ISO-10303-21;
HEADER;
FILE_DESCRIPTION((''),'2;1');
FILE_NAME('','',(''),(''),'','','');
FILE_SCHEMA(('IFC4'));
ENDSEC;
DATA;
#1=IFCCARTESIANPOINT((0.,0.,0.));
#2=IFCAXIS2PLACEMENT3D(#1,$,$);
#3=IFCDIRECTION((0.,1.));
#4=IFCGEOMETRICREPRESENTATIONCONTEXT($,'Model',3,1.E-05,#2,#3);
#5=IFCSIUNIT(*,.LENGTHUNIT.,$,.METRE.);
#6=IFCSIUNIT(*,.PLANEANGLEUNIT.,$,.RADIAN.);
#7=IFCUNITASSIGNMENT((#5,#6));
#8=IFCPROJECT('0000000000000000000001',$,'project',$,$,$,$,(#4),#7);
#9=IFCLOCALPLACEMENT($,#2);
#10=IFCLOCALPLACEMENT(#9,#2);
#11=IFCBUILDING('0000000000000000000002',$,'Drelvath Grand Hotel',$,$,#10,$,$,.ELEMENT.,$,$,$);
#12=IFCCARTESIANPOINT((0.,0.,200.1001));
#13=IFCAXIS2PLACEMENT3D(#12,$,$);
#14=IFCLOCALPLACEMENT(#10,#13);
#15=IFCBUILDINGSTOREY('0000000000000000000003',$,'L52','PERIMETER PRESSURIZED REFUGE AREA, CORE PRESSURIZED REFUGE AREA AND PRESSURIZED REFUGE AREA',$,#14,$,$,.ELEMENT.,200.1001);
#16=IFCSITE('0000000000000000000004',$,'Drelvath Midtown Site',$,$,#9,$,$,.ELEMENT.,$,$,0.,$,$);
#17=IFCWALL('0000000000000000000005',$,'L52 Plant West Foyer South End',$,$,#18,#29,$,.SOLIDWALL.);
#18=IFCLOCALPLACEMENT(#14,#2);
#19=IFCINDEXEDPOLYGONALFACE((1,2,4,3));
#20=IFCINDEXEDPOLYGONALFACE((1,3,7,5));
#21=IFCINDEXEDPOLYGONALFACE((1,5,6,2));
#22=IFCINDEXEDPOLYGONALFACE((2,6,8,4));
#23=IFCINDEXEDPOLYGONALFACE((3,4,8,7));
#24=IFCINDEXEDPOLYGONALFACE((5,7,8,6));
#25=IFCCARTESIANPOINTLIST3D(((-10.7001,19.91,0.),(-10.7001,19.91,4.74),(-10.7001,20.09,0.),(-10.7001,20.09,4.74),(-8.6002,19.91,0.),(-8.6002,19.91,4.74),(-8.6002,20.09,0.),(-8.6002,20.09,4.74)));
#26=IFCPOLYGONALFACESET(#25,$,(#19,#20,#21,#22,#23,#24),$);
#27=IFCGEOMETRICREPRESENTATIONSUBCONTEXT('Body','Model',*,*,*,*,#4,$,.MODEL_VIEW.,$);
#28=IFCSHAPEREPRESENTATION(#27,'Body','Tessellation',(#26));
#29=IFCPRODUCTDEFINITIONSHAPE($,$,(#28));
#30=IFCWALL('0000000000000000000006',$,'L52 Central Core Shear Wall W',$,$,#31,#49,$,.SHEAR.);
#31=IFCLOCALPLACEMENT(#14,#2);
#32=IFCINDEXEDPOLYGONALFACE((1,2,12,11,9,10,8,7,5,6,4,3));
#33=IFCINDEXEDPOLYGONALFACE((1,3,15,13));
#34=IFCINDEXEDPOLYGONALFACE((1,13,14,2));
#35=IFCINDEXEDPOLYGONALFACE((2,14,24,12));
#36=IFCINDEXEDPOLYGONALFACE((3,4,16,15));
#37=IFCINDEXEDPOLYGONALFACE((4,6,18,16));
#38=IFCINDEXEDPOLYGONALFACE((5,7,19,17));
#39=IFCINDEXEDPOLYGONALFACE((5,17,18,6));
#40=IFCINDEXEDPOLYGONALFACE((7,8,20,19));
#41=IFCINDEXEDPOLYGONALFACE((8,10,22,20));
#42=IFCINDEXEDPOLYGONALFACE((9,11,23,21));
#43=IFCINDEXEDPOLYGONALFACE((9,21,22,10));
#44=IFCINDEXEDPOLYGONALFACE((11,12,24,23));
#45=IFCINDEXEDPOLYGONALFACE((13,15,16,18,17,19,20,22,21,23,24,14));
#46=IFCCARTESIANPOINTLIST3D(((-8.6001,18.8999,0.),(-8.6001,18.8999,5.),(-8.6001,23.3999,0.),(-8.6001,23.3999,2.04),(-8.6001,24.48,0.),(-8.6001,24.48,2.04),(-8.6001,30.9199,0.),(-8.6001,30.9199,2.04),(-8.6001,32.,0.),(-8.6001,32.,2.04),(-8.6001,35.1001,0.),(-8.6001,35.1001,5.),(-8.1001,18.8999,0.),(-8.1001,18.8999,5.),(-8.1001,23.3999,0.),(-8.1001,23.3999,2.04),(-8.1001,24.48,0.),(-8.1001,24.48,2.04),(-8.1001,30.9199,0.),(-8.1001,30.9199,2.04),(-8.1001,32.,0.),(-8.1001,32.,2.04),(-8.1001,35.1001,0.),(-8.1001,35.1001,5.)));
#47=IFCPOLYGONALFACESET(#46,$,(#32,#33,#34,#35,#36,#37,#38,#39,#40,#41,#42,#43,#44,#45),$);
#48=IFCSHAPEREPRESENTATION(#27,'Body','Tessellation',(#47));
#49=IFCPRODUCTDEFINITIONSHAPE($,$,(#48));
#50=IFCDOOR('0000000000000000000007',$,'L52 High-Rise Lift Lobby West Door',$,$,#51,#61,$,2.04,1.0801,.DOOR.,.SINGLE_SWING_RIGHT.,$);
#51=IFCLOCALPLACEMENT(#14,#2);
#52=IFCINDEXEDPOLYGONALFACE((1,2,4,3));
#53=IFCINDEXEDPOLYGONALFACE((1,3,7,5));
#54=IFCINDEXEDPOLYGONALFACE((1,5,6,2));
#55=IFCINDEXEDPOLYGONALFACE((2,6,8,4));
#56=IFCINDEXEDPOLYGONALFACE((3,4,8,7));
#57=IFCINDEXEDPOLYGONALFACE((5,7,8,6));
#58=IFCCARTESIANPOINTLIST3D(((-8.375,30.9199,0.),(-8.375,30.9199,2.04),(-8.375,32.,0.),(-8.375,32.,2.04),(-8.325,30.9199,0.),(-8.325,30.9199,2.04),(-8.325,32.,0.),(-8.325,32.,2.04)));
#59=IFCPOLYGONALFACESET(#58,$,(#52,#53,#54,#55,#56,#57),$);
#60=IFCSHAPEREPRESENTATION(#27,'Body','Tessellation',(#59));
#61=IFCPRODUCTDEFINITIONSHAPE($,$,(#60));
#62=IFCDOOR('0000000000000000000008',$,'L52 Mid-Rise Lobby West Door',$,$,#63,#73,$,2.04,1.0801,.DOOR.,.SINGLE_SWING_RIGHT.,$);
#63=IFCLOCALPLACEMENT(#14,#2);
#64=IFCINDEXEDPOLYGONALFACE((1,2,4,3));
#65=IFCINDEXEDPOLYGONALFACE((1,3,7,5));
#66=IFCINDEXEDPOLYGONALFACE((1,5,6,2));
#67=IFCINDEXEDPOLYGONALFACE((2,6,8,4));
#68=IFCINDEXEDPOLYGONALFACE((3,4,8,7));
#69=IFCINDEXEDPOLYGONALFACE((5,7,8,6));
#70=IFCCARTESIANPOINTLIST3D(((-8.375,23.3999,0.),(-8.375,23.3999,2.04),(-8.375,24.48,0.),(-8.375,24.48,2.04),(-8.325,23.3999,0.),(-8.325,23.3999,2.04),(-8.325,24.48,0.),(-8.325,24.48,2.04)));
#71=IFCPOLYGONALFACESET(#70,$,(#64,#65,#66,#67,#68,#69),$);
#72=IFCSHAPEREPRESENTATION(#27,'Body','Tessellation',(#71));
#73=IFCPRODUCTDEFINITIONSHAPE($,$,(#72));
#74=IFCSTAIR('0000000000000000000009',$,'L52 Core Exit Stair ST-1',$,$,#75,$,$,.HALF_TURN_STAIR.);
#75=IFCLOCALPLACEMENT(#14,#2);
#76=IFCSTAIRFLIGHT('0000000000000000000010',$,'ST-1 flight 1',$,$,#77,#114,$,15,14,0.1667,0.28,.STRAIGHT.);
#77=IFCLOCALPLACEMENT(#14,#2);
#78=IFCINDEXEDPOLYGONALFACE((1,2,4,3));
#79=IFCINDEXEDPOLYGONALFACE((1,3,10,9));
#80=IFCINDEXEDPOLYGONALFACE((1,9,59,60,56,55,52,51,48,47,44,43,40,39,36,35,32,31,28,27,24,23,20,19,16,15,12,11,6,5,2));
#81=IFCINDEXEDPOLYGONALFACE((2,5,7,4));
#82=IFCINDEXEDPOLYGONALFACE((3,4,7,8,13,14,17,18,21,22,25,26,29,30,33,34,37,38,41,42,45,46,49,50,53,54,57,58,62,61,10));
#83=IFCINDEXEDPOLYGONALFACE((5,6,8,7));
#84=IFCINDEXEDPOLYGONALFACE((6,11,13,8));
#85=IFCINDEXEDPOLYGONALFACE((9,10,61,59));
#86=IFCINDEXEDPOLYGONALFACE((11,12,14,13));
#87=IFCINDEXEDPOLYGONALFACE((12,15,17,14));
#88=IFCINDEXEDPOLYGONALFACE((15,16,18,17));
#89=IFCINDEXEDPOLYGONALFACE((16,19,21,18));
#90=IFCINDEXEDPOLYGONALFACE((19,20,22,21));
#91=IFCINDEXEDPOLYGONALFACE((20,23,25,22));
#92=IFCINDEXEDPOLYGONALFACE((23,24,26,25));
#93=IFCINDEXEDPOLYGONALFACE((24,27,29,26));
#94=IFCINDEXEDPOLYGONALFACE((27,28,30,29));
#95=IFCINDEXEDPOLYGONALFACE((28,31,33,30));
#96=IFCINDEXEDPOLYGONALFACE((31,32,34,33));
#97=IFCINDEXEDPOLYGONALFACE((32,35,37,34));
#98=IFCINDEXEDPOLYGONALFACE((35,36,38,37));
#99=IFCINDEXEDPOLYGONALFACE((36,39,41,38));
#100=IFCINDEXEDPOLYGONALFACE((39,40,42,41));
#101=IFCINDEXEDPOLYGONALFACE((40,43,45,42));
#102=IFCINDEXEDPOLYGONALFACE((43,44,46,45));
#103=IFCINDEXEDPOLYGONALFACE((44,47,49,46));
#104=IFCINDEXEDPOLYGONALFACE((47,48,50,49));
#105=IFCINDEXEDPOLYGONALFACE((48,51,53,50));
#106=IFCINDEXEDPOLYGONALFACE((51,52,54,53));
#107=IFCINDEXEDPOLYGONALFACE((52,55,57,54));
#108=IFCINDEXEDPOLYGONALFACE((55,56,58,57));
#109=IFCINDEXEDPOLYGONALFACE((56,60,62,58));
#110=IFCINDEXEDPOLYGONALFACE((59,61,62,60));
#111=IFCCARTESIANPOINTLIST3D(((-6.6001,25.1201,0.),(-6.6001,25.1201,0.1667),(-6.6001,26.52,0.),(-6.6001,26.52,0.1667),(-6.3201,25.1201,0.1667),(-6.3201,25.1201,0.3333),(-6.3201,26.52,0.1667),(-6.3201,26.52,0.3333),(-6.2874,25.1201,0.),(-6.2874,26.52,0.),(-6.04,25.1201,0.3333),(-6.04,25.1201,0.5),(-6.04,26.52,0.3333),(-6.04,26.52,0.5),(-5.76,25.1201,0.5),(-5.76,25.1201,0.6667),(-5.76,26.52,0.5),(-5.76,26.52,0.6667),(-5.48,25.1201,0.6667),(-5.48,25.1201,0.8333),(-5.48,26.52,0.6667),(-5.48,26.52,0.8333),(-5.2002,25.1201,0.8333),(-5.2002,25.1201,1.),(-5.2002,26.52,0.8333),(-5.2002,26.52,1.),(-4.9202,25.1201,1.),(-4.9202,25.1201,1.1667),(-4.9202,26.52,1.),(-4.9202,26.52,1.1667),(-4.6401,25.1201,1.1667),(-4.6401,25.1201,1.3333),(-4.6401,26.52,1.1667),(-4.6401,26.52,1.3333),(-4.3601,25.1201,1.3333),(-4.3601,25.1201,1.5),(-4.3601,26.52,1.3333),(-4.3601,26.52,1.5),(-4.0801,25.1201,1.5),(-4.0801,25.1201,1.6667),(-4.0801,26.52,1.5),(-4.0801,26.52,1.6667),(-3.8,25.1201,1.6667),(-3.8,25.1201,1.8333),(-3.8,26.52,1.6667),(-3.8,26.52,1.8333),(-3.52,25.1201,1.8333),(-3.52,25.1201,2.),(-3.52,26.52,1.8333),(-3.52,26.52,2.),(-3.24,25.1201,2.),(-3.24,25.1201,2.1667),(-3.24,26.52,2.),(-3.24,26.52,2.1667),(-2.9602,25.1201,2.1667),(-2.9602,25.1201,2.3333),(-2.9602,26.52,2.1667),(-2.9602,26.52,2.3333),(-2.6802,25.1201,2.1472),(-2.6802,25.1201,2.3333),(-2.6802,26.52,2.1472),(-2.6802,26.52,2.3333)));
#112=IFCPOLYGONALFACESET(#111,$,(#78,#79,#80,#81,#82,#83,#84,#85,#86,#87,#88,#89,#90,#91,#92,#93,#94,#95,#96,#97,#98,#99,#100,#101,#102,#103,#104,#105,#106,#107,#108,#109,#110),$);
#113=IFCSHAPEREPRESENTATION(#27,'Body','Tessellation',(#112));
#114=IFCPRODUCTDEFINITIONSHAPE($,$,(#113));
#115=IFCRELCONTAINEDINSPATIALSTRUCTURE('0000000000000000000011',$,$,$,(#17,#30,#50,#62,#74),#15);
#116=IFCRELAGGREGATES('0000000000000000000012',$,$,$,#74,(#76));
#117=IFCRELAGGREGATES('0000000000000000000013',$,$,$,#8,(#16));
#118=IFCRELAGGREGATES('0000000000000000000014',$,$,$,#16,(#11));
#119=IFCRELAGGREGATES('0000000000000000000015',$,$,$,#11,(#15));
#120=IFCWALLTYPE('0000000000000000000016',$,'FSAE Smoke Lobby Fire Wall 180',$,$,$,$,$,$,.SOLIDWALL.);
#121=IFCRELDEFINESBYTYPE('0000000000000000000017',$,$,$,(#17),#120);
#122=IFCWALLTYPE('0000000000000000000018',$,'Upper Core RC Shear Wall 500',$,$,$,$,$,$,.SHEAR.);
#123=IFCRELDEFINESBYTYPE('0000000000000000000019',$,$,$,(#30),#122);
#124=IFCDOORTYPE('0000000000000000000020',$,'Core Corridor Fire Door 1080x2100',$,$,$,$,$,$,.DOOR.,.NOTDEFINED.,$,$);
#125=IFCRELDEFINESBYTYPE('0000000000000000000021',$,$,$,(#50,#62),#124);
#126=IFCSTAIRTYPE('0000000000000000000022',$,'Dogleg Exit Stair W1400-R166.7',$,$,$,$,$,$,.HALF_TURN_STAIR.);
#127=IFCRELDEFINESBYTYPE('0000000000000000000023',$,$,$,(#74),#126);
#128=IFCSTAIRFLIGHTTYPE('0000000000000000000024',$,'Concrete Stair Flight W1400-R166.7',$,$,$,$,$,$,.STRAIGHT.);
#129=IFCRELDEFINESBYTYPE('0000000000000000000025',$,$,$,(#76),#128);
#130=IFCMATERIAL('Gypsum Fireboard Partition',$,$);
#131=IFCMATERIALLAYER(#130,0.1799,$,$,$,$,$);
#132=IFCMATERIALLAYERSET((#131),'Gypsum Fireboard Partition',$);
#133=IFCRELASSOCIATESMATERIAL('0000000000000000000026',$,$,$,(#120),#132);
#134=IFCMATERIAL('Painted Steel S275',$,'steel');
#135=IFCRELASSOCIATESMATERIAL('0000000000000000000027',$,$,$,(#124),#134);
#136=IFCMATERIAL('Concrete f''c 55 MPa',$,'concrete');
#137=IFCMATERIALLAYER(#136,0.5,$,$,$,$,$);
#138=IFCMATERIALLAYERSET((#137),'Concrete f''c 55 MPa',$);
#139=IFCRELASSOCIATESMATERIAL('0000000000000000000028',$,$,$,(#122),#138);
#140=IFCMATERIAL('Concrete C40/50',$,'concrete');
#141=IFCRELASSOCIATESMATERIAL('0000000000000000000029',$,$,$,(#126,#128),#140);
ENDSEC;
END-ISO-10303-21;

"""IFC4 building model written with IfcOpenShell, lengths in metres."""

from ifc_helpers import new_model, si_unit, direction, frame, frame_2d, origin, place, context, subcontext, project, spatial, polyline, rectangle, outline, extrude, material, layer, layer_set, type_object, element, fill, aggregate, save


model = new_model("IFC4")

# Units and contexts
model_context = context("Model", 3, precision=1e-05, world=origin(), true_north=direction((0.0, 1.0)))
body_context = subcontext(model_context, "Body", "Model", "MODEL_VIEW")
ifc_project = project(units=[si_unit("LENGTHUNIT", "METRE"), si_unit("PLANEANGLEUNIT", "RADIAN")], contexts=[model_context])

# Site, building, storey
site_placement = place(None, origin())
site = spatial("IfcSite", under=ifc_project, at=site_placement, Name="Drelvath Midtown Site", CompositionType="ELEMENT", RefElevation=0.0)
building_placement = place(site_placement, origin())
building = spatial("IfcBuilding", under=site, at=building_placement, Name="Drelvath Grand Hotel", CompositionType="ELEMENT")
storey_placement = place(building_placement, frame((0.0, 0.0, 200.1001)))
storey = spatial("IfcBuildingStorey", under=building, at=storey_placement, Name="L52", Description="PERIMETER PRESSURIZED REFUGE AREA, CORE PRESSURIZED REFUGE AREA AND PRESSURIZED REFUGE AREA", CompositionType="ELEMENT", Elevation=200.1001)

# Shared definitions
ifc_material_1 = material(Name="Concrete f'c 55 MPa", Category="concrete")

# Shared definitions
ifc_material_2 = material(Name="Concrete C40/50", Category="concrete")
ifc_material_3 = material(Name="Painted Steel S275", Category="steel")

# Shared definitions
ifc_material_4 = material(Name="Gypsum Fireboard Partition")
ifc_layer_1 = layer(ifc_material_4, 0.1799)
ifc_layer_set_1 = layer_set([ifc_layer_1], Name="Gypsum Fireboard Partition")
wall_type_1 = type_object("IfcWallType", Name="FSAE Smoke Lobby Fire Wall 180", PredefinedType="SOLIDWALL", material=ifc_layer_set_1)

# Shared definitions
door_type_1 = type_object("IfcDoorType", Name="Core Corridor Fire Door 1080x2100", OperationType="NOTDEFINED", PredefinedType="DOOR", material=ifc_material_3)

# Wall
wall_1_placement = place(storey_placement, frame((-10.7, 20.0, 0.0), z_axis=(0.0, 0.0, 1.0), x_axis=(1.0, 0.0, 0.0)))
element("IfcWall", 1, at=wall_1_placement, inside=storey, type_object=wall_type_1, Name="L52 Plant West Foyer South End", PredefinedType="SOLIDWALL", context=body_context, shape_type="SweptSolid", body=[
    extrude(rectangle(XDim=2.0999, YDim=0.1799, at=frame_2d((1.0498, 0.0))), origin(), (0.0, 0.0, 1.0), 4.74),
])

# Wall, openings, doors
ifc_layer_2 = layer(ifc_material_1, 0.5)
ifc_layer_set_2 = layer_set([ifc_layer_2], Name="Concrete f'c 55 MPa")
wall_type_2 = type_object("IfcWallType", Name="Upper Core RC Shear Wall 500", PredefinedType="SHEAR", material=ifc_layer_set_2)
wall_2_placement = place(storey_placement, frame((-8.3501, 18.8999, 0.0), z_axis=(0.0, 0.0, 1.0), x_axis=(0.0, 1.0, 0.0)))
wall_2 = element("IfcWall", 2, at=wall_2_placement, inside=storey, type_object=wall_type_2, Name="L52 Central Core Shear Wall W", PredefinedType="SHEAR", context=body_context, shape_type="SweptSolid", body=[
    extrude(rectangle(XDim=16.2002, YDim=0.5, at=frame_2d((8.1001, 0.0))), origin(), (0.0, 0.0, 1.0), 5.0),
])
opening_1_placement = place(wall_2_placement, frame((12.02, 0.0, 0.0)))
opening_1 = element("IfcOpeningElement", 3, at=opening_1_placement, cuts=wall_2, PredefinedType="OPENING", context=body_context, shape_type="SweptSolid", body=[
    extrude(rectangle(XDim=1.0801, YDim=2.04, at=frame_2d((0.54, 1.02))), frame((0.0, 0.26, 0.0), z_axis=(0.0, -1.0, 0.0), x_axis=(1.0, 0.0, 0.0)), (0.0, 0.0, 1.0), 0.52),
])
opening_2_placement = place(wall_2_placement, frame((4.5, 0.0, 0.0)))
opening_2 = element("IfcOpeningElement", 4, at=opening_2_placement, cuts=wall_2, PredefinedType="OPENING", context=body_context, shape_type="SweptSolid", body=[
    extrude(rectangle(XDim=1.0801, YDim=2.04, at=frame_2d((0.54, 1.02))), frame((0.0, 0.26, 0.0), z_axis=(0.0, -1.0, 0.0), x_axis=(1.0, 0.0, 0.0)), (0.0, 0.0, 1.0), 0.52),
])
door_1_placement = place(opening_1_placement, origin())
door_1 = element("IfcDoor", 5, at=door_1_placement, inside=storey, type_object=door_type_1, Name="L52 High-Rise Lift Lobby West Door", OperationType="SINGLE_SWING_RIGHT", OverallHeight=2.04, OverallWidth=1.0801, PredefinedType="DOOR", context=body_context, shape_type="SweptSolid", body=[
    extrude(rectangle(XDim=1.0801, YDim=2.04, at=frame_2d((0.54, 1.02))), frame((0.0, 0.0249, 0.0), z_axis=(0.0, -1.0, 0.0), x_axis=(1.0, 0.0, 0.0)), (0.0, 0.0, 1.0), 0.05),
])
fill(opening_1, door_1)
door_2_placement = place(opening_2_placement, origin())
door_2 = element("IfcDoor", 6, at=door_2_placement, inside=storey, type_object=door_type_1, Name="L52 Mid-Rise Lobby West Door", OperationType="SINGLE_SWING_RIGHT", OverallHeight=2.04, OverallWidth=1.0801, PredefinedType="DOOR", context=body_context, shape_type="SweptSolid", body=[
    extrude(rectangle(XDim=1.0801, YDim=2.04, at=frame_2d((0.54, 1.02))), frame((0.0, 0.0249, 0.0), z_axis=(0.0, -1.0, 0.0), x_axis=(1.0, 0.0, 0.0)), (0.0, 0.0, 1.0), 0.05),
])
fill(opening_2, door_2)

# Stair, stair flight
stair_type = type_object("IfcStairType", Name="Dogleg Exit Stair W1400-R166.7", PredefinedType="HALF_TURN_STAIR", material=ifc_material_2)
stair_placement = place(storey_placement, origin())
stair = element("IfcStair", 7, at=stair_placement, inside=storey, type_object=stair_type, Name="L52 Core Exit Stair ST-1", PredefinedType="HALF_TURN_STAIR")
stair_flight_type = type_object("IfcStairFlightType", Name="Concrete Stair Flight W1400-R166.7", PredefinedType="STRAIGHT", material=ifc_material_2)
stair_flight_placement = place(storey_placement, frame((-6.6001, 25.8201, 0.0), z_axis=(0.0, 0.0, 1.0), x_axis=(1.0, 0.0, 0.0)))
stair_flight = element("IfcStairFlight", 8, at=stair_flight_placement, type_object=stair_flight_type, Name="ST-1 flight 1", NumberOfRisers=15, NumberOfTreads=14, PredefinedType="STRAIGHT", RiserHeight=0.1667, TreadLength=0.28, context=body_context, shape_type="SweptSolid", body=[
    extrude(outline(polyline([(0.0, 0.0), (0.0, 0.1667), (0.28, 0.1667), (0.28, 0.3333), (0.5601, 0.3333), (0.5601, 0.5), (0.8401, 0.5), (0.8401, 0.6667), (1.1201, 0.6667), (1.1201, 0.8333), (1.3999, 0.8333), (1.3999, 1.0), (1.6799, 1.0), (1.6799, 1.1667), (1.96, 1.1667), (1.96, 1.3333), (2.24, 1.3333), (2.24, 1.5), (2.52, 1.5), (2.52, 1.6667), (2.8, 1.6667), (2.8, 1.8333), (3.0801, 1.8333), (3.0801, 2.0), (3.3601, 2.0), (3.3601, 2.1667), (3.6399, 2.1667), (3.6399, 2.3333), (3.9199, 2.3333), (3.9199, 2.5), (3.9199, 2.1472), (0.3127, 0.0), (0.0, 0.0)])), frame((0.0, 0.7, 0.0), z_axis=(0.0, -1.0, 0.0), x_axis=(1.0, 0.0, 0.0)), (0.0, 0.0, 1.0), 1.3999),
])
aggregate(stair, [stair_flight])

save(model, "model.ifc")
